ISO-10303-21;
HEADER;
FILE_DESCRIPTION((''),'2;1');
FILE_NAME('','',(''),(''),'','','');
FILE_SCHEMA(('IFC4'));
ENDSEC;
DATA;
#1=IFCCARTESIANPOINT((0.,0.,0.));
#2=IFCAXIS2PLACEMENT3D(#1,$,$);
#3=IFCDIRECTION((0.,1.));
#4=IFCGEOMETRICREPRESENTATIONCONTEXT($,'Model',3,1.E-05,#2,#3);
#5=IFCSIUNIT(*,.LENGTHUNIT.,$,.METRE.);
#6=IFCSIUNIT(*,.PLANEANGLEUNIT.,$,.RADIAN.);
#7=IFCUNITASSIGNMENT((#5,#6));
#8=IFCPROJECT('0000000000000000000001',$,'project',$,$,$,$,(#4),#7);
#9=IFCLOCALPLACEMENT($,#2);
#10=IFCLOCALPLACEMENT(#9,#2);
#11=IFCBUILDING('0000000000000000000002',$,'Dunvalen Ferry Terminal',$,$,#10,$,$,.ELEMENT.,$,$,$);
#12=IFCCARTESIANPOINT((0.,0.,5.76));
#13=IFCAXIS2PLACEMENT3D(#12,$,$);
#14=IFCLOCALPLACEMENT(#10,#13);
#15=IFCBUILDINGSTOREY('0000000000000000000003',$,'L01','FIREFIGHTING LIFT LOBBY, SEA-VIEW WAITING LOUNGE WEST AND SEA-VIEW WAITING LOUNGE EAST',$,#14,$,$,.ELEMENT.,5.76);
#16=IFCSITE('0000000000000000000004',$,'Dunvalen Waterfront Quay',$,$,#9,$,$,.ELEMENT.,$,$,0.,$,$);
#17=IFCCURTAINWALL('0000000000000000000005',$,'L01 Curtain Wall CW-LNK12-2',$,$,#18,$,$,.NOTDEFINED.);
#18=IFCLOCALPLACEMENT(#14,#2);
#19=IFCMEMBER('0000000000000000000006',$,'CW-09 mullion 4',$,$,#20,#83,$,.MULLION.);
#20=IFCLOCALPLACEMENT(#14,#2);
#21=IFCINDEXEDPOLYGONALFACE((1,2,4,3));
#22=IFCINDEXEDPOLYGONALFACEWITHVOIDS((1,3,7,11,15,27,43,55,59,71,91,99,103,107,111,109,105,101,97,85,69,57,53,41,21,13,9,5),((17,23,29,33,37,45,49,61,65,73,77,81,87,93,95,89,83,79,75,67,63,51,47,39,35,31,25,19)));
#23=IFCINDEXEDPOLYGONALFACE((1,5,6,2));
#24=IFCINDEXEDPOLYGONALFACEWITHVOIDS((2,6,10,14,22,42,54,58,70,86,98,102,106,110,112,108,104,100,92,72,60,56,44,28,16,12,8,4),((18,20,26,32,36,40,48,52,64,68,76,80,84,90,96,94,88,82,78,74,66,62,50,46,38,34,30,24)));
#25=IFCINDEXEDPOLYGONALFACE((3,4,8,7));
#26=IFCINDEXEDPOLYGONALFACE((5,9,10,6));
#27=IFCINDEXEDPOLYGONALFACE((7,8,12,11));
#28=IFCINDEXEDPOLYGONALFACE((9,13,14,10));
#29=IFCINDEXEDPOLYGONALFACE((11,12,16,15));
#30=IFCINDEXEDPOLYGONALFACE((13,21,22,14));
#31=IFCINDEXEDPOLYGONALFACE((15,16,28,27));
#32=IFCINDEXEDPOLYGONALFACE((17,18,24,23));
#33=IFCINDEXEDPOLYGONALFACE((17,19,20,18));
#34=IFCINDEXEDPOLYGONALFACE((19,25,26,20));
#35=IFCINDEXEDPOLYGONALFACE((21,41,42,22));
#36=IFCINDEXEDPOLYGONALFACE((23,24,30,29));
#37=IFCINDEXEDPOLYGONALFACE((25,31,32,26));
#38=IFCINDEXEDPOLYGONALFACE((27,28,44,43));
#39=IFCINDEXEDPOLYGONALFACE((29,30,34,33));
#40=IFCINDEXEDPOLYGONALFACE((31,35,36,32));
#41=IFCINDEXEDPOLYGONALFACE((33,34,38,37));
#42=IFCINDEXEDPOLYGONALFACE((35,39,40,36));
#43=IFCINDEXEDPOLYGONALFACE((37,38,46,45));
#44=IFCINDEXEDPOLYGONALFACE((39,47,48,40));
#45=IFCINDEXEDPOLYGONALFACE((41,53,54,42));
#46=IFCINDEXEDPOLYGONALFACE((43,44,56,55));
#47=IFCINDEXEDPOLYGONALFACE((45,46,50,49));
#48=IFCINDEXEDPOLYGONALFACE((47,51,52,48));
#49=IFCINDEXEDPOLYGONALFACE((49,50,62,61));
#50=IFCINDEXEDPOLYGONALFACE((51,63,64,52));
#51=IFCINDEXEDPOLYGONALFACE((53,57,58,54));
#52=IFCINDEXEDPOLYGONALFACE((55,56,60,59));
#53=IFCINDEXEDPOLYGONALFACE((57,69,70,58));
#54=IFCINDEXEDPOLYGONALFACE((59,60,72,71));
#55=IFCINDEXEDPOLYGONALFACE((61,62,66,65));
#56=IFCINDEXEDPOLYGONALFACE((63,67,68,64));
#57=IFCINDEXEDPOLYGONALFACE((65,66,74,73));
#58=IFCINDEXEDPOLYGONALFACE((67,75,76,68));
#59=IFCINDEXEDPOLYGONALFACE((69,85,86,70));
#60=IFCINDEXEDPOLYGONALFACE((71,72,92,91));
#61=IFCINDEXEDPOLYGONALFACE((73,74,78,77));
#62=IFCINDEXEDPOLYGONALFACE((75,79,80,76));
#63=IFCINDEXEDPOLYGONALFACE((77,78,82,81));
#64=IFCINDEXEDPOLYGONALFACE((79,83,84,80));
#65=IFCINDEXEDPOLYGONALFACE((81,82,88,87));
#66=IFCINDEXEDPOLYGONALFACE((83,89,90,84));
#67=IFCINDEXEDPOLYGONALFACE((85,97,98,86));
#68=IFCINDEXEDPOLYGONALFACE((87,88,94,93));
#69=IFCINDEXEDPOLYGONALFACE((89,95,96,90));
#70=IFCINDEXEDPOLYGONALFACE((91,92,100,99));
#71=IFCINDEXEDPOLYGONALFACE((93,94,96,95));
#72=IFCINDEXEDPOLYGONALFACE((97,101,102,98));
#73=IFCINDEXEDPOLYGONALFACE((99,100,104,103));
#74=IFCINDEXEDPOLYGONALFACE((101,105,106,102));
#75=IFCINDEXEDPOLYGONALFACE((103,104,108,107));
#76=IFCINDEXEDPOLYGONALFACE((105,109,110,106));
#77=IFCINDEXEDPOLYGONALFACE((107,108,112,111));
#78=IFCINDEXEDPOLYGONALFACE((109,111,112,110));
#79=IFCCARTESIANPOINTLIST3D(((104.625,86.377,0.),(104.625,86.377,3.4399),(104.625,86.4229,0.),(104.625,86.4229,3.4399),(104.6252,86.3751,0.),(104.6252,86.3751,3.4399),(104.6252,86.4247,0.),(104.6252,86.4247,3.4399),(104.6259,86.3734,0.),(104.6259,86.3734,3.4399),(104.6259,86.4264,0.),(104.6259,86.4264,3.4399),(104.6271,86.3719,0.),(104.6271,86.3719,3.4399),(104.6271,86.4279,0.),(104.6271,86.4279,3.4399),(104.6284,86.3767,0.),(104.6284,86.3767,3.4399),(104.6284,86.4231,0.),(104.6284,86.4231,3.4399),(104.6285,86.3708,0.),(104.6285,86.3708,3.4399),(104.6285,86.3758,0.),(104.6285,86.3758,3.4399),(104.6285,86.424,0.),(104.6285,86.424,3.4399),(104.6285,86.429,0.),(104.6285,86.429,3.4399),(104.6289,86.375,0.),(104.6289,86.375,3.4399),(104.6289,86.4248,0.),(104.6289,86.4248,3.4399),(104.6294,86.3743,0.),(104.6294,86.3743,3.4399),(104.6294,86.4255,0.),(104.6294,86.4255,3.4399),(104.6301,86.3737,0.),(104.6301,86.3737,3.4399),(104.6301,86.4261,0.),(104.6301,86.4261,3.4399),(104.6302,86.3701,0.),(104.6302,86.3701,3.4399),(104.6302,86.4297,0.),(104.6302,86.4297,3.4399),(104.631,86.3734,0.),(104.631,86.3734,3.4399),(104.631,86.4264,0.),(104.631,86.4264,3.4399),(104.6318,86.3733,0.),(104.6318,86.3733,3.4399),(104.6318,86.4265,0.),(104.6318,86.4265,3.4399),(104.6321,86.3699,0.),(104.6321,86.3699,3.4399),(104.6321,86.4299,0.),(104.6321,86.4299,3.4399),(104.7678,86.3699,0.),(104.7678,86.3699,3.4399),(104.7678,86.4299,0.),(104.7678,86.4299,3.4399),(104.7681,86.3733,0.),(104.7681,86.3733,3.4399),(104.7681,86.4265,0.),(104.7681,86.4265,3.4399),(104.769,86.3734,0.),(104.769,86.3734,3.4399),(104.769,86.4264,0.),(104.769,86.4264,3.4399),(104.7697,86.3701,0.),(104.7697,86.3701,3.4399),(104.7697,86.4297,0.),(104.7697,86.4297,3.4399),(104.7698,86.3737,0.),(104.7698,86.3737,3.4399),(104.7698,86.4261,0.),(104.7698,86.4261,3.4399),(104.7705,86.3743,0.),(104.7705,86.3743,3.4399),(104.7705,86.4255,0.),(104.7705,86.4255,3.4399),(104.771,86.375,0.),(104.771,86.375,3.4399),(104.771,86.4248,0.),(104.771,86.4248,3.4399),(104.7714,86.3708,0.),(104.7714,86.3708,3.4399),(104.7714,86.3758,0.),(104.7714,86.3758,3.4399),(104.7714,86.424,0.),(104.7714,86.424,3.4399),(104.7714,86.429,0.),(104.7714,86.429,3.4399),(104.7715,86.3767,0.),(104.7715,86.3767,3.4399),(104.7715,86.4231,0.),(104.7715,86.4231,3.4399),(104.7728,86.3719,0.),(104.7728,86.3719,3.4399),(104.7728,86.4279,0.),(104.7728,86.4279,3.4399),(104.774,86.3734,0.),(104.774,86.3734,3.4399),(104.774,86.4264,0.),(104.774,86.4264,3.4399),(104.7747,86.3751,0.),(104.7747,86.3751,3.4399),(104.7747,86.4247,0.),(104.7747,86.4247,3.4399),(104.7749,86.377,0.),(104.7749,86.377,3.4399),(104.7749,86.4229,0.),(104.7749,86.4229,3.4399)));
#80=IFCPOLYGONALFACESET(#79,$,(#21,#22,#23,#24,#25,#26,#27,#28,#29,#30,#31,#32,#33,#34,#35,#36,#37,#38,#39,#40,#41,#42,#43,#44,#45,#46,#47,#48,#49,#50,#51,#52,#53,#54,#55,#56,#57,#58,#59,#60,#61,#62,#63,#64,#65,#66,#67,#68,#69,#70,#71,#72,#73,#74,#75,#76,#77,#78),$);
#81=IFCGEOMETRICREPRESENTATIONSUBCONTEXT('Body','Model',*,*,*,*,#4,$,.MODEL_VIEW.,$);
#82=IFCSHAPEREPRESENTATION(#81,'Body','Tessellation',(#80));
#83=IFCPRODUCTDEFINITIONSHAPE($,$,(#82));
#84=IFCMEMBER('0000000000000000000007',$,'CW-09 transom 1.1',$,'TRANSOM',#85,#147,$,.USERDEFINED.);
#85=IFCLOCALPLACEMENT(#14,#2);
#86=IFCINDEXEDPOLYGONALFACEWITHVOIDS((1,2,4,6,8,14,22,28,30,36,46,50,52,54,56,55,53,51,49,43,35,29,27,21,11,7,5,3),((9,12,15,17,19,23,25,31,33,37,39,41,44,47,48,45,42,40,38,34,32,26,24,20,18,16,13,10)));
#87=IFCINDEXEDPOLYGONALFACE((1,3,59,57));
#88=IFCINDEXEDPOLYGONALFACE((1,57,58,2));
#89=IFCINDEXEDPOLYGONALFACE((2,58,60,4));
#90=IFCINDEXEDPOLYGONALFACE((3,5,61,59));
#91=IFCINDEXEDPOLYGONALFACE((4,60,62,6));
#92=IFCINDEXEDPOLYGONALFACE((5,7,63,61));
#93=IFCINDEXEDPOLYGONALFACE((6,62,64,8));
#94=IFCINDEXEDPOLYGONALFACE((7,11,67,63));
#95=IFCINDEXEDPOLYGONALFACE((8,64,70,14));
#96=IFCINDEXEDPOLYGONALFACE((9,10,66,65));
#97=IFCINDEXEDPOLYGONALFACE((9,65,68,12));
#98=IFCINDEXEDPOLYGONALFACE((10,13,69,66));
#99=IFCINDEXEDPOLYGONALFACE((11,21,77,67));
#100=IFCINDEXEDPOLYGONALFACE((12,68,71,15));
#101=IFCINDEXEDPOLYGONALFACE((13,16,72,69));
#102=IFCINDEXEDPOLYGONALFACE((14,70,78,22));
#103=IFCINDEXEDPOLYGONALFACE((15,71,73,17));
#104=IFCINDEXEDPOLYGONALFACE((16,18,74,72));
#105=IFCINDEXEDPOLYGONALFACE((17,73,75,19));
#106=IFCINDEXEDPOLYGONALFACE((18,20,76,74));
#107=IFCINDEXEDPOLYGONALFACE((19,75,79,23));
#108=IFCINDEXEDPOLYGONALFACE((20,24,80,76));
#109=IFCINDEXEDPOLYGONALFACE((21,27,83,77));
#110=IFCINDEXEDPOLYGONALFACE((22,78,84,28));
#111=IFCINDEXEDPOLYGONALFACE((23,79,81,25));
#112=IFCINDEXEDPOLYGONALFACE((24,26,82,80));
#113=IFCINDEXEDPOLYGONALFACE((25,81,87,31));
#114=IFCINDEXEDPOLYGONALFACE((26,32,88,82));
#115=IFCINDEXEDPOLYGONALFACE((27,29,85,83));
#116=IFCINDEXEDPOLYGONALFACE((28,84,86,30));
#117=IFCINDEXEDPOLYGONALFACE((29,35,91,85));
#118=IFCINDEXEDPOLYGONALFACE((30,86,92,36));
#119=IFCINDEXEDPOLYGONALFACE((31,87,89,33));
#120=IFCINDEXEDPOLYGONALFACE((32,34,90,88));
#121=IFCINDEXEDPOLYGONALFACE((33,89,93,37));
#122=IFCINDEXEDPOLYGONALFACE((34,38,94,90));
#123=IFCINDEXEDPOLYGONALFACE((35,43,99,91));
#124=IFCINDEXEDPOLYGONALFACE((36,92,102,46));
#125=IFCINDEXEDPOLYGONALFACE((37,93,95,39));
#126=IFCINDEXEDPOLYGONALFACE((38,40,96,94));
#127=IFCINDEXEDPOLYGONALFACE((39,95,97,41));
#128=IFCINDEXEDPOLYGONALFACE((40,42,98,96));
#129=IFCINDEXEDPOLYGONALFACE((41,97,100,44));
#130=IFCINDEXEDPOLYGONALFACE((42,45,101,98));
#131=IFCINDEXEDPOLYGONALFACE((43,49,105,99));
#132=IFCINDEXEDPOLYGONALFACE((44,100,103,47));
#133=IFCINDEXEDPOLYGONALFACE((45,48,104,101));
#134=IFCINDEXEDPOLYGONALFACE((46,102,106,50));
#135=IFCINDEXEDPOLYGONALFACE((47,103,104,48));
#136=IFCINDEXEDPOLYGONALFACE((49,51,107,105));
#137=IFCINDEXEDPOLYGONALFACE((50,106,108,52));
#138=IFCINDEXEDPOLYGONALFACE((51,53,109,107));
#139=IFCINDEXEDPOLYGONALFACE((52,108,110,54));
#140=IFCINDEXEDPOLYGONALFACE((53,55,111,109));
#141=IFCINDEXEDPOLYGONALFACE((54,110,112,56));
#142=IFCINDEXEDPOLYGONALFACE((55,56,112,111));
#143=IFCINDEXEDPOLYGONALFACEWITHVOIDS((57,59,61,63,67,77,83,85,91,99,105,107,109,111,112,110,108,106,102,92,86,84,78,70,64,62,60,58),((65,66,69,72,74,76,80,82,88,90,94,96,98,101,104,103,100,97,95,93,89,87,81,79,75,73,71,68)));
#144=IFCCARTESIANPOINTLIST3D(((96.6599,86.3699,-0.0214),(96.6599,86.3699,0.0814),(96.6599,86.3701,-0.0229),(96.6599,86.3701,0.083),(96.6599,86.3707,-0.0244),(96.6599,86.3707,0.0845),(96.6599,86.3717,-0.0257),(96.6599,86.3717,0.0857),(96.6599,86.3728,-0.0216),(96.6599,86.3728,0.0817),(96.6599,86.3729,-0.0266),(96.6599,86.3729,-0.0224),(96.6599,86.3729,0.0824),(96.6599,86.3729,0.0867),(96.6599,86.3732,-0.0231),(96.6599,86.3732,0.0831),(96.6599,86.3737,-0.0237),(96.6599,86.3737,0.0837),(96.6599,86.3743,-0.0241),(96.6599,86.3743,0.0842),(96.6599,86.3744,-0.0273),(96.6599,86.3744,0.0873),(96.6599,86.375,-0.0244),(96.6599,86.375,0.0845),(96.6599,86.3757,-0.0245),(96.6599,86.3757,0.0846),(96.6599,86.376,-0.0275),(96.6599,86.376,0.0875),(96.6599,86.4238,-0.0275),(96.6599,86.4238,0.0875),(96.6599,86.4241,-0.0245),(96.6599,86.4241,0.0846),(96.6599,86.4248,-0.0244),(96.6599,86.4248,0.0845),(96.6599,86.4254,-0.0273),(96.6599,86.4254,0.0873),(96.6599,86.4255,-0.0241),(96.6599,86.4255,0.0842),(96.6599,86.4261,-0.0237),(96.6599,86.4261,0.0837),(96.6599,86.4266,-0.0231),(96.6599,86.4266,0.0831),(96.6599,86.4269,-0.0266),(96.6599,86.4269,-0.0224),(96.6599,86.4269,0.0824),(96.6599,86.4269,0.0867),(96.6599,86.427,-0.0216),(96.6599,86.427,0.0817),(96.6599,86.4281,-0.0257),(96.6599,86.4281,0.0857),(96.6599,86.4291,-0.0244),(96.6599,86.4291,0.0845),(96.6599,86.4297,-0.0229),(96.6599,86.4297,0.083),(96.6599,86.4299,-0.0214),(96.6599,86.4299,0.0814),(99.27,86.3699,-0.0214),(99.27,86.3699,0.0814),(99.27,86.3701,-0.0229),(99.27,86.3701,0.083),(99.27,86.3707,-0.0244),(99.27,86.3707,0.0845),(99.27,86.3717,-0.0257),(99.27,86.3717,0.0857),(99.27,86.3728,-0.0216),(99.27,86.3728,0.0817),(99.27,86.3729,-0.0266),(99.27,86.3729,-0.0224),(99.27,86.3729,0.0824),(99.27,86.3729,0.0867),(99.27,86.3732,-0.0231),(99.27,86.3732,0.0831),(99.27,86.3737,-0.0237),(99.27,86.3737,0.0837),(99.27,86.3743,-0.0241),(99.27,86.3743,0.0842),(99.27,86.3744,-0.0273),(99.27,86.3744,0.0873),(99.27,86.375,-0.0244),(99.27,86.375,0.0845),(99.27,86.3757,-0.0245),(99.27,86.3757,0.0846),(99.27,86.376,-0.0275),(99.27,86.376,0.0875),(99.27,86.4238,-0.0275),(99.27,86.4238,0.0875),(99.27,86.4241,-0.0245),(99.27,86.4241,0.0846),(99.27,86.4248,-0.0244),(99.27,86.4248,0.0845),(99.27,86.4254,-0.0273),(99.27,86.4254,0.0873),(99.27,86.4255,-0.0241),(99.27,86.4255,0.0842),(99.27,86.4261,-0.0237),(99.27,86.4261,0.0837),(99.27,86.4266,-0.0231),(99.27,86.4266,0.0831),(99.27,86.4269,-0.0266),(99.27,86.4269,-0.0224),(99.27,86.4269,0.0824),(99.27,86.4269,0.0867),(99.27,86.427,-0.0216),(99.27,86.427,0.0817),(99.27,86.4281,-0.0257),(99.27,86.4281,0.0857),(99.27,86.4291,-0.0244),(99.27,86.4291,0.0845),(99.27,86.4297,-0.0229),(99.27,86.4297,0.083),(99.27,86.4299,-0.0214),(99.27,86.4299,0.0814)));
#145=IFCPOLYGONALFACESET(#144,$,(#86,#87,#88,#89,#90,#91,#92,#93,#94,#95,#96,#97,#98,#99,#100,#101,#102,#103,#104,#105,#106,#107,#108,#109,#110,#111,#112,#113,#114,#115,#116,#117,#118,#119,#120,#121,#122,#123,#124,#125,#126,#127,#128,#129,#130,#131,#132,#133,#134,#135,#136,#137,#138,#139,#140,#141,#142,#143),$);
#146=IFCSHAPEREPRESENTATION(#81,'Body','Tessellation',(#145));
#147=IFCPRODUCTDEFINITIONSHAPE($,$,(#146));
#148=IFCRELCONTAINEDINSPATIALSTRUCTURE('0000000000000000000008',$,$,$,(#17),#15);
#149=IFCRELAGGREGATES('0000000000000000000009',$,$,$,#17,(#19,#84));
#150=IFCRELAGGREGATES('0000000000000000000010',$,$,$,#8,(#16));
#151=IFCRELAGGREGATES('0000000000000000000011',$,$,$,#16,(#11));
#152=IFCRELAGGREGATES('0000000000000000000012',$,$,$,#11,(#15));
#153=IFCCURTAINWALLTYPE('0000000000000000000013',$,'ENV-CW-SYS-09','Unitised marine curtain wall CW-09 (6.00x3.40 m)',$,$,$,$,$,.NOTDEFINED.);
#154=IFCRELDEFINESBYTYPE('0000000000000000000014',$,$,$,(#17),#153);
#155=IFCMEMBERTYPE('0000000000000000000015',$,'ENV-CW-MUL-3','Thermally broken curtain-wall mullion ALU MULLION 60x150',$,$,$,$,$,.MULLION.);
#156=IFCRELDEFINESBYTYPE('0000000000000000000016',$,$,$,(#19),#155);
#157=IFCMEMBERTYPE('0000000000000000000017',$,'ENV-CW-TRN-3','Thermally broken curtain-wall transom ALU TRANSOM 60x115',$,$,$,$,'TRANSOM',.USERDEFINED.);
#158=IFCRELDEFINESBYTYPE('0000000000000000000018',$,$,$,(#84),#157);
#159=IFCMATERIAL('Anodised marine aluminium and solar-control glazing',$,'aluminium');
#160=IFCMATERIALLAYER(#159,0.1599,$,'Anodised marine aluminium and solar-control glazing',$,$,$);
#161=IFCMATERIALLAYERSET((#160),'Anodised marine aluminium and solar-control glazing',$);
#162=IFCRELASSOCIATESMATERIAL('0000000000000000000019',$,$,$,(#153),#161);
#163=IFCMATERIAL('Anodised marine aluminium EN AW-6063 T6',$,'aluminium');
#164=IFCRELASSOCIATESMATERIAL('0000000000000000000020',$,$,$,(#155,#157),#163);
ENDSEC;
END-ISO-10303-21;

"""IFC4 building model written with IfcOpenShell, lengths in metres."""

from ifc_helpers import new_model, si_unit, direction, frame, origin, origin_2d, place, context, subcontext, project, spatial, hollow_rectangle, extrude, material, layer, layer_set, material_profile, profile_set, type_object, element, aggregate, save


model = new_model("IFC4")

# Units and contexts
model_context = context("Model", 3, precision=1e-05, world=origin(), true_north=direction((0.0, 1.0)))
body_context = subcontext(model_context, "Body", "Model", "MODEL_VIEW")
ifc_project = project(units=[si_unit("LENGTHUNIT", "METRE"), si_unit("PLANEANGLEUNIT", "RADIAN")], contexts=[model_context])

# Site, building, storey
site_placement = place(None, origin())
site = spatial("IfcSite", under=ifc_project, at=site_placement, Name="Dunvalen Waterfront Quay", CompositionType="ELEMENT", RefElevation=0.0)
building_placement = place(site_placement, origin())
building = spatial("IfcBuilding", under=site, at=building_placement, Name="Dunvalen Ferry Terminal", CompositionType="ELEMENT")
storey_placement = place(building_placement, frame((0.0, 0.0, 5.76)))
storey = spatial("IfcBuildingStorey", under=building, at=storey_placement, Name="L01", Description="FIREFIGHTING LIFT LOBBY, SEA-VIEW WAITING LOUNGE WEST AND SEA-VIEW WAITING LOUNGE EAST", CompositionType="ELEMENT", Elevation=5.76)

# Curtain wall, members
ifc_material_1 = material(Name="Anodised marine aluminium and solar-control glazing", Category="aluminium")
ifc_layer_1 = layer(ifc_material_1, 0.1599, Name="Anodised marine aluminium and solar-control glazing")
ifc_layer_set_1 = layer_set([ifc_layer_1], Name="Anodised marine aluminium and solar-control glazing")
curtain_wall_type = type_object("IfcCurtainWallType", Name="ENV-CW-SYS-09", Description="Unitised marine curtain wall CW-09 (6.00x3.40 m)", PredefinedType="NOTDEFINED", material=ifc_layer_set_1)
curtain_wall_placement = place(storey_placement, origin())
curtain_wall = element("IfcCurtainWall", 1, at=curtain_wall_placement, inside=storey, type_object=curtain_wall_type, Name="L01 Curtain Wall CW-LNK12-2", PredefinedType="NOTDEFINED")
ifc_material_2 = material(Name="Anodised marine aluminium EN AW-6063 T6", Category="aluminium")
ifc_material_profile_1 = material_profile(ifc_material_2, hollow_rectangle(XDim=0.0601, YDim=0.1499, WallThickness=0.0034, InnerFilletRadius=0.0034, OuterFilletRadius=0.0071, at=origin_2d()), Name="Anodised marine aluminium EN AW-6063 T6")
ifc_profile_set_1 = profile_set([ifc_material_profile_1], Name="Anodised marine aluminium EN AW-6063 T6")
member_type_1 = type_object("IfcMemberType", Name="ENV-CW-MUL-3", Description="Thermally broken curtain-wall mullion ALU MULLION 60x150", PredefinedType="MULLION", material=ifc_profile_set_1)
member_1_placement = place(storey_placement, frame((104.7, 86.3999, 0.0), z_axis=(0.0, 0.0, 1.0), x_axis=(0.0, 1.0, 0.0)))
member_1 = element("IfcMember", 2, at=member_1_placement, type_object=member_type_1, Name="CW-09 mullion 4", PredefinedType="MULLION", context=body_context, shape_type="SweptSolid", body=[
    extrude(hollow_rectangle(XDim=0.0601, YDim=0.1499, WallThickness=0.0034, InnerFilletRadius=0.0034, OuterFilletRadius=0.0071, at=origin_2d()), origin(), (0.0, 0.0, 1.0), 3.4399),
])
ifc_material_profile_2 = material_profile(ifc_material_2, hollow_rectangle(XDim=0.0601, YDim=0.115, WallThickness=0.0029, InnerFilletRadius=0.0029, OuterFilletRadius=0.0061, at=origin_2d()), Name="Anodised marine aluminium EN AW-6063 T6")
ifc_profile_set_2 = profile_set([ifc_material_profile_2], Name="Anodised marine aluminium EN AW-6063 T6")
member_type_2 = type_object("IfcMemberType", Name="ENV-CW-TRN-3", Description="Thermally broken curtain-wall transom ALU TRANSOM 60x115", ElementType="TRANSOM", PredefinedType="USERDEFINED", material=ifc_profile_set_2)
member_2_placement = place(storey_placement, frame((96.6599, 86.3999, 0.03), z_axis=(1.0, 0.0, 0.0), x_axis=(0.0, 1.0, 0.0)))
member_2 = element("IfcMember", 3, at=member_2_placement, type_object=member_type_2, Name="CW-09 transom 1.1", ObjectType="TRANSOM", PredefinedType="USERDEFINED", context=body_context, shape_type="SweptSolid", body=[
    extrude(hollow_rectangle(XDim=0.0601, YDim=0.115, WallThickness=0.0029, InnerFilletRadius=0.0029, OuterFilletRadius=0.0061, at=origin_2d()), origin(), (0.0, 0.0, 1.0), 2.6101),
])
aggregate(curtain_wall, [member_1, member_2])

save(model, "model.ifc")
